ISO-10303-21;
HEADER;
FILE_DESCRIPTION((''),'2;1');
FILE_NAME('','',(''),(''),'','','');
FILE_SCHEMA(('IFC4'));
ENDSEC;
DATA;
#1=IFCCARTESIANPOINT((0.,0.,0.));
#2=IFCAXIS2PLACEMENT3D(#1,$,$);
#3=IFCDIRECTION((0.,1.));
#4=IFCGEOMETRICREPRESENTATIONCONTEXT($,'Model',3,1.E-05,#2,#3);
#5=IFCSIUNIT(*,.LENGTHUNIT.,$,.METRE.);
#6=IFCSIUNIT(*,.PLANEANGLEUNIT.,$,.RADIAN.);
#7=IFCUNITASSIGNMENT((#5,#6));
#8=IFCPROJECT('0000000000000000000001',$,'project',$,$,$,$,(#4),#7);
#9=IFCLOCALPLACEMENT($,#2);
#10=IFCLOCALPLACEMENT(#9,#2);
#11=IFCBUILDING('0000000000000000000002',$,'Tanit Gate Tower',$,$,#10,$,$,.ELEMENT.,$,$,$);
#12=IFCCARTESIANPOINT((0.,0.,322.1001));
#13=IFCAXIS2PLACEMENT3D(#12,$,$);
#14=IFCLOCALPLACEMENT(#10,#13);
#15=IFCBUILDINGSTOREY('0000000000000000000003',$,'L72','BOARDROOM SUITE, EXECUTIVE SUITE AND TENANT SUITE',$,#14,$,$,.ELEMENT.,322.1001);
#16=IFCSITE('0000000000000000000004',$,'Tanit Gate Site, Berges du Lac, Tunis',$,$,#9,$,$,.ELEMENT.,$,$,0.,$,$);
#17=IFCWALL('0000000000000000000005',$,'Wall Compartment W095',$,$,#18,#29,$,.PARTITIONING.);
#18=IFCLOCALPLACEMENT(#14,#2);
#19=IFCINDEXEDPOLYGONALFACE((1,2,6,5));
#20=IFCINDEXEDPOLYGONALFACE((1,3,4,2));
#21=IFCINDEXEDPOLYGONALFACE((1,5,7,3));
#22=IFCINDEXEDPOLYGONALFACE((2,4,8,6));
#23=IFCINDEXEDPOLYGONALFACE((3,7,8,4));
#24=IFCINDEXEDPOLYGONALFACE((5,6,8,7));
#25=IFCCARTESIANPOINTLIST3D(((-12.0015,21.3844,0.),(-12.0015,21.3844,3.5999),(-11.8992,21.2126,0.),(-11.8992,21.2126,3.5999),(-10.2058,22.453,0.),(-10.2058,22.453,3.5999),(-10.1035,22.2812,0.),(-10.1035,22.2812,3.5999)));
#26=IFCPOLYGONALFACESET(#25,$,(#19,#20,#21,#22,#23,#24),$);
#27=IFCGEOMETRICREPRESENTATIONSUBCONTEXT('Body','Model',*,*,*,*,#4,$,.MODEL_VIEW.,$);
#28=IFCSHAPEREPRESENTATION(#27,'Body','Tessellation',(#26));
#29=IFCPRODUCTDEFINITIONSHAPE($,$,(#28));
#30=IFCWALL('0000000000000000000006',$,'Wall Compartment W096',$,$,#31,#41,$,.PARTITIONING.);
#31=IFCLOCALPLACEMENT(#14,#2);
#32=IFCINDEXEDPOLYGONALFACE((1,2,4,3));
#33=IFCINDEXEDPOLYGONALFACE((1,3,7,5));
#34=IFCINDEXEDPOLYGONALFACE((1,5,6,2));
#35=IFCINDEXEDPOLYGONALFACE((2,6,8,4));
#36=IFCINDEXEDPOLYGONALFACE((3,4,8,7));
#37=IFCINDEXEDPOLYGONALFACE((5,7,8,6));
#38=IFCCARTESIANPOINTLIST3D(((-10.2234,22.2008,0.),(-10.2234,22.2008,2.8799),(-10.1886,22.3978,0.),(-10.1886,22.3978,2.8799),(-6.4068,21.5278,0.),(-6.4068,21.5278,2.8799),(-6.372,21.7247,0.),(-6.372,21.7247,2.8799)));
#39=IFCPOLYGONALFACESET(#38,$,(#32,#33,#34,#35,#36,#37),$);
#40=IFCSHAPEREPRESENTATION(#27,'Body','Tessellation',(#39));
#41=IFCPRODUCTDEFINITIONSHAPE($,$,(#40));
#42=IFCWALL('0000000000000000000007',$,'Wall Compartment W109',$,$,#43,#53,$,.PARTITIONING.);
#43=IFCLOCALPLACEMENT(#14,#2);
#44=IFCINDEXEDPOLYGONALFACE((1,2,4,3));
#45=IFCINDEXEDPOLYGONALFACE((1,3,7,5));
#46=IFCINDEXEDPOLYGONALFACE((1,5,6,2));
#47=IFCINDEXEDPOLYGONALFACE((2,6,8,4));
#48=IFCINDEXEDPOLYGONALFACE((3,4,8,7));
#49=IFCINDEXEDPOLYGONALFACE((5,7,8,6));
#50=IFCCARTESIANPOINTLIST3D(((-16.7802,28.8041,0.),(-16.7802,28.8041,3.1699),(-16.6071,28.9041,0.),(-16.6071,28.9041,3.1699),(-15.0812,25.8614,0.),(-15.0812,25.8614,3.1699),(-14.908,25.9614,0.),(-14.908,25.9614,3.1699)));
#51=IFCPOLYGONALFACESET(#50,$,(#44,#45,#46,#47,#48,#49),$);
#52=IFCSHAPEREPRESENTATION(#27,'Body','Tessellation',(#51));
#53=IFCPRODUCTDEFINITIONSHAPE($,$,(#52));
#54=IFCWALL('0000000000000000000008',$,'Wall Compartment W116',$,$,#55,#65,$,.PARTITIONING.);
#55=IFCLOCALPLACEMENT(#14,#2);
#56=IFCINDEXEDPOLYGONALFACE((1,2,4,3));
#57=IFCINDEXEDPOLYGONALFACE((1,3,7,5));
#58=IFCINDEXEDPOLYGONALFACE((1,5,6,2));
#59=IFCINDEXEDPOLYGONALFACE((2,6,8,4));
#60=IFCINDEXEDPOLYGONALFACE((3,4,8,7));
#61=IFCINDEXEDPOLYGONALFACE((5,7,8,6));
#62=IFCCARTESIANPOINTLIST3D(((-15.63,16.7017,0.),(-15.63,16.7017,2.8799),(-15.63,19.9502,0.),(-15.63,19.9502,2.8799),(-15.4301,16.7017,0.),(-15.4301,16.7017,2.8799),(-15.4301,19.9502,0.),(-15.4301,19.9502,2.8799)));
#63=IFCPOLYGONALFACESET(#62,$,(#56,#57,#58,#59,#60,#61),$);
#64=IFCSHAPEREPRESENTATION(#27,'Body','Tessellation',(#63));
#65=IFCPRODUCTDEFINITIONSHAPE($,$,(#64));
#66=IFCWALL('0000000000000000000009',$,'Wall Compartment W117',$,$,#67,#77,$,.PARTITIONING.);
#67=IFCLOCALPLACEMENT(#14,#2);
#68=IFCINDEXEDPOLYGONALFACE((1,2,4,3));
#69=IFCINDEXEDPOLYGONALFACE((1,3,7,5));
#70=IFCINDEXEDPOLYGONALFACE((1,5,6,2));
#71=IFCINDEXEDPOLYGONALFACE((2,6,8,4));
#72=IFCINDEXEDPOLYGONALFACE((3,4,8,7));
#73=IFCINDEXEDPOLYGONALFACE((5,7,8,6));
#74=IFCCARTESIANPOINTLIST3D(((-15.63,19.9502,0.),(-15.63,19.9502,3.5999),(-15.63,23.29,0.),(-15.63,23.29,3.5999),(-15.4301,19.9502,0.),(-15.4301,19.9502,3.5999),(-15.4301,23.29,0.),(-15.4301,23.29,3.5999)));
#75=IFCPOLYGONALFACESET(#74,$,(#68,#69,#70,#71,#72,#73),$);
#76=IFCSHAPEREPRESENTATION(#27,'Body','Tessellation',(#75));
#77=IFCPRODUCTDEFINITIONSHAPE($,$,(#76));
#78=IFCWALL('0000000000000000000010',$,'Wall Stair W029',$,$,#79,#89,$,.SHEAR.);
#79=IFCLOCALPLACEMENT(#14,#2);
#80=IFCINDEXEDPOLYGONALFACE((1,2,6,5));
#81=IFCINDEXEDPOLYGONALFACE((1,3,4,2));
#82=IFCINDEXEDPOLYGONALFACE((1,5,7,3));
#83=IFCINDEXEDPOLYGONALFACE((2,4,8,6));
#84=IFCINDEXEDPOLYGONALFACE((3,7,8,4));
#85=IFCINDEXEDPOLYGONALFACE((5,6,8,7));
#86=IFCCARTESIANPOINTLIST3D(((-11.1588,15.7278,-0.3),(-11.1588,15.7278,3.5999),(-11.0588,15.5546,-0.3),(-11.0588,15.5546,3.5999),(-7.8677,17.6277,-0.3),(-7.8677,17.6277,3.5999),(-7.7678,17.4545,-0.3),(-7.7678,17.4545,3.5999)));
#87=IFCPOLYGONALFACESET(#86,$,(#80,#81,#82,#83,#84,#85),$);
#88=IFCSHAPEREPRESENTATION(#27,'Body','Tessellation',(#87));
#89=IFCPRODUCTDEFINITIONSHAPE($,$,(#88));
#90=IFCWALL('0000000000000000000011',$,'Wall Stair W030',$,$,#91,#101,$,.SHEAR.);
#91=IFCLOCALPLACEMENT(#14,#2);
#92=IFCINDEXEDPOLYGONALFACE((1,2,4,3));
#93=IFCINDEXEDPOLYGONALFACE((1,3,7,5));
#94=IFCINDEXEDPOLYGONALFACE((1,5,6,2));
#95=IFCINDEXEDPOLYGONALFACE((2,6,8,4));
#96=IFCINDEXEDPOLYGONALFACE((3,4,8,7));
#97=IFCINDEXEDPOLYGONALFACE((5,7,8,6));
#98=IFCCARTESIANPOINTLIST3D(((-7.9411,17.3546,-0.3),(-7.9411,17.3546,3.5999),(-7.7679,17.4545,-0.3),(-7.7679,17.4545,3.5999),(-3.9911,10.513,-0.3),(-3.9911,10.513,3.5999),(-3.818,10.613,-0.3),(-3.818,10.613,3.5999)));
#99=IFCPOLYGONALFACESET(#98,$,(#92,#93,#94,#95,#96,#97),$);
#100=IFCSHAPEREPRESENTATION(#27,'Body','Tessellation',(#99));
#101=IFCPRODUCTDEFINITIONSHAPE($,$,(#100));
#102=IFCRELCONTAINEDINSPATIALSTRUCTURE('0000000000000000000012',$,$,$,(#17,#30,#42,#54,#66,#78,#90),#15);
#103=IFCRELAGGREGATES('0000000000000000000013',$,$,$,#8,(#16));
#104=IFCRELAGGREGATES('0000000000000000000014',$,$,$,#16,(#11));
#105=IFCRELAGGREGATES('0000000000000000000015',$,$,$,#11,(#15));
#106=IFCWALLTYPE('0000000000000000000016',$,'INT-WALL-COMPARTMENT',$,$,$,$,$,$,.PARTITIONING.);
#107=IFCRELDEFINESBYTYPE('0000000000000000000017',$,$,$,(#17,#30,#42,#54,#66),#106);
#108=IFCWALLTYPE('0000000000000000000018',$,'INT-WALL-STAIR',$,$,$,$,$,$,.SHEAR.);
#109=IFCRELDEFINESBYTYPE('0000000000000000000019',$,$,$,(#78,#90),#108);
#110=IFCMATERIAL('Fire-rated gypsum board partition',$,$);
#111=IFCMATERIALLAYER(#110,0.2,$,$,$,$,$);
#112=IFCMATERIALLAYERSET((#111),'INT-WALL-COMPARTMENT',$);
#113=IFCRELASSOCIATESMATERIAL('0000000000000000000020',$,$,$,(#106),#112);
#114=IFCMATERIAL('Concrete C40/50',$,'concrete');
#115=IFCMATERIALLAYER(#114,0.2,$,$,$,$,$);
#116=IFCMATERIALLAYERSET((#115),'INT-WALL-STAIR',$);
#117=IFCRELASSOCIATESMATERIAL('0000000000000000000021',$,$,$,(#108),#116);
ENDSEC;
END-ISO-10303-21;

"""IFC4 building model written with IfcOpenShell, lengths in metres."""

from ifc_helpers import new_model, si_unit, direction, frame, frame_2d, origin, place, context, subcontext, project, spatial, rectangle, extrude, material, layer, layer_set, type_object, element, save


model = new_model("IFC4")

# Units and contexts
model_context = context("Model", 3, precision=1e-05, world=origin(), true_north=direction((0.0, 1.0)))
body_context = subcontext(model_context, "Body", "Model", "MODEL_VIEW")
ifc_project = project(units=[si_unit("LENGTHUNIT", "METRE"), si_unit("PLANEANGLEUNIT", "RADIAN")], contexts=[model_context])

# Site, building, storey
site_placement = place(None, origin())
site = spatial("IfcSite", under=ifc_project, at=site_placement, Name="Tanit Gate Site, Berges du Lac, Tunis", CompositionType="ELEMENT", RefElevation=0.0)
building_placement = place(site_placement, origin())
building = spatial("IfcBuilding", under=site, at=building_placement, Name="Tanit Gate Tower", CompositionType="ELEMENT")
storey_placement = place(building_placement, frame((0.0, 0.0, 322.1001)))
storey = spatial("IfcBuildingStorey", under=building, at=storey_placement, Name="L72", Description="BOARDROOM SUITE, EXECUTIVE SUITE AND TENANT SUITE", CompositionType="ELEMENT", Elevation=322.1001)

# Walls
ifc_material_1 = material(Name="Fire-rated gypsum board partition")
ifc_layer_1 = layer(ifc_material_1, 0.2)
ifc_layer_set_1 = layer_set([ifc_layer_1], Name="INT-WALL-COMPARTMENT")
wall_type_1 = type_object("IfcWallType", Name="INT-WALL-COMPARTMENT", PredefinedType="PARTITIONING", material=ifc_layer_set_1)
wall_1_placement = place(storey_placement, frame((-10.1545, 22.3672, 0.0), z_axis=(0.0, 0.0, 1.0), x_axis=(-0.859343, -0.5114, 0.0)))
element("IfcWall", 1, at=wall_1_placement, inside=storey, type_object=wall_type_1, Name="Wall Compartment W095", PredefinedType="PARTITIONING", context=body_context, shape_type="SweptSolid", body=[
    extrude(rectangle(XDim=2.0896, YDim=0.2, at=frame_2d((1.0449, 0.0))), origin(), (0.0, 0.0, 1.0), 3.5999),
])
wall_2_placement = place(storey_placement, frame((-6.3894, 21.6262, 0.0), z_axis=(0.0, 0.0, 1.0), x_axis=(-0.984803, 0.173678, 0.0)))
element("IfcWall", 2, at=wall_2_placement, inside=storey, type_object=wall_type_1, Name="Wall Compartment W096", PredefinedType="PARTITIONING", context=body_context, shape_type="SweptSolid", body=[
    extrude(rectangle(XDim=3.8755, YDim=0.2, at=frame_2d((1.9377, 0.0))), origin(), (0.0, 0.0, 1.0), 2.8799),
])
wall_3_placement = place(storey_placement, frame((-14.9946, 25.9114, 0.0), z_axis=(0.0, 0.0, 1.0), x_axis=(-0.500011, 0.866019, 0.0)))
element("IfcWall", 3, at=wall_3_placement, inside=storey, type_object=wall_type_1, Name="Wall Compartment W109", PredefinedType="PARTITIONING", context=body_context, shape_type="SweptSolid", body=[
    extrude(rectangle(XDim=3.3979, YDim=0.2, at=frame_2d((1.699, 0.0))), origin(), (0.0, 0.0, 1.0), 3.1699),
])
wall_4_placement = place(storey_placement, frame((-15.53, 16.7017, 0.0), z_axis=(0.0, 0.0, 1.0), x_axis=(0.0, 1.0, 0.0)))
element("IfcWall", 4, at=wall_4_placement, inside=storey, type_object=wall_type_1, Name="Wall Compartment W116", PredefinedType="PARTITIONING", context=body_context, shape_type="SweptSolid", body=[
    extrude(rectangle(XDim=3.2485, YDim=0.2, at=frame_2d((1.6243, 0.0))), origin(), (0.0, 0.0, 1.0), 2.8799),
])
wall_5_placement = place(storey_placement, frame((-15.53, 19.9502, 0.0), z_axis=(0.0, 0.0, 1.0), x_axis=(0.0, 1.0, 0.0)))
element("IfcWall", 5, at=wall_5_placement, inside=storey, type_object=wall_type_1, Name="Wall Compartment W117", PredefinedType="PARTITIONING", context=body_context, shape_type="SweptSolid", body=[
    extrude(rectangle(XDim=3.3398, YDim=0.2, at=frame_2d((1.6699, 0.0))), origin(), (0.0, 0.0, 1.0), 3.5999),
])
ifc_material_2 = material(Name="Concrete C40/50", Category="concrete")
ifc_layer_2 = layer(ifc_material_2, 0.2)
ifc_layer_set_2 = layer_set([ifc_layer_2], Name="INT-WALL-STAIR")
wall_type_2 = type_object("IfcWallType", Name="INT-WALL-STAIR", PredefinedType="SHEAR", material=ifc_layer_set_2)
wall_6_placement = place(storey_placement, frame((-7.8179, 17.541, -0.3), z_axis=(0.0, 0.0, 1.0), x_axis=(-0.866044, -0.499967, 0.0)))
element("IfcWall", 6, at=wall_6_placement, inside=storey, type_object=wall_type_2, Name="Wall Stair W029", PredefinedType="SHEAR", context=body_context, shape_type="SweptSolid", body=[
    extrude(rectangle(XDim=3.8, YDim=0.2, at=frame_2d((1.8999, 0.0))), origin(), (0.0, 0.0, 1.0), 3.8999),
])
wall_7_placement = place(storey_placement, frame((-7.8545, 17.4045, -0.3), z_axis=(0.0, 0.0, 1.0), x_axis=(0.499998, -0.866027, 0.0)))
element("IfcWall", 7, at=wall_7_placement, inside=storey, type_object=wall_type_2, Name="Wall Stair W030", PredefinedType="SHEAR", context=body_context, shape_type="SweptSolid", body=[
    extrude(rectangle(XDim=7.8999, YDim=0.2, at=frame_2d((3.95, 0.0))), origin(), (0.0, 0.0, 1.0), 3.8999),
])

save(model, "model.ifc")
